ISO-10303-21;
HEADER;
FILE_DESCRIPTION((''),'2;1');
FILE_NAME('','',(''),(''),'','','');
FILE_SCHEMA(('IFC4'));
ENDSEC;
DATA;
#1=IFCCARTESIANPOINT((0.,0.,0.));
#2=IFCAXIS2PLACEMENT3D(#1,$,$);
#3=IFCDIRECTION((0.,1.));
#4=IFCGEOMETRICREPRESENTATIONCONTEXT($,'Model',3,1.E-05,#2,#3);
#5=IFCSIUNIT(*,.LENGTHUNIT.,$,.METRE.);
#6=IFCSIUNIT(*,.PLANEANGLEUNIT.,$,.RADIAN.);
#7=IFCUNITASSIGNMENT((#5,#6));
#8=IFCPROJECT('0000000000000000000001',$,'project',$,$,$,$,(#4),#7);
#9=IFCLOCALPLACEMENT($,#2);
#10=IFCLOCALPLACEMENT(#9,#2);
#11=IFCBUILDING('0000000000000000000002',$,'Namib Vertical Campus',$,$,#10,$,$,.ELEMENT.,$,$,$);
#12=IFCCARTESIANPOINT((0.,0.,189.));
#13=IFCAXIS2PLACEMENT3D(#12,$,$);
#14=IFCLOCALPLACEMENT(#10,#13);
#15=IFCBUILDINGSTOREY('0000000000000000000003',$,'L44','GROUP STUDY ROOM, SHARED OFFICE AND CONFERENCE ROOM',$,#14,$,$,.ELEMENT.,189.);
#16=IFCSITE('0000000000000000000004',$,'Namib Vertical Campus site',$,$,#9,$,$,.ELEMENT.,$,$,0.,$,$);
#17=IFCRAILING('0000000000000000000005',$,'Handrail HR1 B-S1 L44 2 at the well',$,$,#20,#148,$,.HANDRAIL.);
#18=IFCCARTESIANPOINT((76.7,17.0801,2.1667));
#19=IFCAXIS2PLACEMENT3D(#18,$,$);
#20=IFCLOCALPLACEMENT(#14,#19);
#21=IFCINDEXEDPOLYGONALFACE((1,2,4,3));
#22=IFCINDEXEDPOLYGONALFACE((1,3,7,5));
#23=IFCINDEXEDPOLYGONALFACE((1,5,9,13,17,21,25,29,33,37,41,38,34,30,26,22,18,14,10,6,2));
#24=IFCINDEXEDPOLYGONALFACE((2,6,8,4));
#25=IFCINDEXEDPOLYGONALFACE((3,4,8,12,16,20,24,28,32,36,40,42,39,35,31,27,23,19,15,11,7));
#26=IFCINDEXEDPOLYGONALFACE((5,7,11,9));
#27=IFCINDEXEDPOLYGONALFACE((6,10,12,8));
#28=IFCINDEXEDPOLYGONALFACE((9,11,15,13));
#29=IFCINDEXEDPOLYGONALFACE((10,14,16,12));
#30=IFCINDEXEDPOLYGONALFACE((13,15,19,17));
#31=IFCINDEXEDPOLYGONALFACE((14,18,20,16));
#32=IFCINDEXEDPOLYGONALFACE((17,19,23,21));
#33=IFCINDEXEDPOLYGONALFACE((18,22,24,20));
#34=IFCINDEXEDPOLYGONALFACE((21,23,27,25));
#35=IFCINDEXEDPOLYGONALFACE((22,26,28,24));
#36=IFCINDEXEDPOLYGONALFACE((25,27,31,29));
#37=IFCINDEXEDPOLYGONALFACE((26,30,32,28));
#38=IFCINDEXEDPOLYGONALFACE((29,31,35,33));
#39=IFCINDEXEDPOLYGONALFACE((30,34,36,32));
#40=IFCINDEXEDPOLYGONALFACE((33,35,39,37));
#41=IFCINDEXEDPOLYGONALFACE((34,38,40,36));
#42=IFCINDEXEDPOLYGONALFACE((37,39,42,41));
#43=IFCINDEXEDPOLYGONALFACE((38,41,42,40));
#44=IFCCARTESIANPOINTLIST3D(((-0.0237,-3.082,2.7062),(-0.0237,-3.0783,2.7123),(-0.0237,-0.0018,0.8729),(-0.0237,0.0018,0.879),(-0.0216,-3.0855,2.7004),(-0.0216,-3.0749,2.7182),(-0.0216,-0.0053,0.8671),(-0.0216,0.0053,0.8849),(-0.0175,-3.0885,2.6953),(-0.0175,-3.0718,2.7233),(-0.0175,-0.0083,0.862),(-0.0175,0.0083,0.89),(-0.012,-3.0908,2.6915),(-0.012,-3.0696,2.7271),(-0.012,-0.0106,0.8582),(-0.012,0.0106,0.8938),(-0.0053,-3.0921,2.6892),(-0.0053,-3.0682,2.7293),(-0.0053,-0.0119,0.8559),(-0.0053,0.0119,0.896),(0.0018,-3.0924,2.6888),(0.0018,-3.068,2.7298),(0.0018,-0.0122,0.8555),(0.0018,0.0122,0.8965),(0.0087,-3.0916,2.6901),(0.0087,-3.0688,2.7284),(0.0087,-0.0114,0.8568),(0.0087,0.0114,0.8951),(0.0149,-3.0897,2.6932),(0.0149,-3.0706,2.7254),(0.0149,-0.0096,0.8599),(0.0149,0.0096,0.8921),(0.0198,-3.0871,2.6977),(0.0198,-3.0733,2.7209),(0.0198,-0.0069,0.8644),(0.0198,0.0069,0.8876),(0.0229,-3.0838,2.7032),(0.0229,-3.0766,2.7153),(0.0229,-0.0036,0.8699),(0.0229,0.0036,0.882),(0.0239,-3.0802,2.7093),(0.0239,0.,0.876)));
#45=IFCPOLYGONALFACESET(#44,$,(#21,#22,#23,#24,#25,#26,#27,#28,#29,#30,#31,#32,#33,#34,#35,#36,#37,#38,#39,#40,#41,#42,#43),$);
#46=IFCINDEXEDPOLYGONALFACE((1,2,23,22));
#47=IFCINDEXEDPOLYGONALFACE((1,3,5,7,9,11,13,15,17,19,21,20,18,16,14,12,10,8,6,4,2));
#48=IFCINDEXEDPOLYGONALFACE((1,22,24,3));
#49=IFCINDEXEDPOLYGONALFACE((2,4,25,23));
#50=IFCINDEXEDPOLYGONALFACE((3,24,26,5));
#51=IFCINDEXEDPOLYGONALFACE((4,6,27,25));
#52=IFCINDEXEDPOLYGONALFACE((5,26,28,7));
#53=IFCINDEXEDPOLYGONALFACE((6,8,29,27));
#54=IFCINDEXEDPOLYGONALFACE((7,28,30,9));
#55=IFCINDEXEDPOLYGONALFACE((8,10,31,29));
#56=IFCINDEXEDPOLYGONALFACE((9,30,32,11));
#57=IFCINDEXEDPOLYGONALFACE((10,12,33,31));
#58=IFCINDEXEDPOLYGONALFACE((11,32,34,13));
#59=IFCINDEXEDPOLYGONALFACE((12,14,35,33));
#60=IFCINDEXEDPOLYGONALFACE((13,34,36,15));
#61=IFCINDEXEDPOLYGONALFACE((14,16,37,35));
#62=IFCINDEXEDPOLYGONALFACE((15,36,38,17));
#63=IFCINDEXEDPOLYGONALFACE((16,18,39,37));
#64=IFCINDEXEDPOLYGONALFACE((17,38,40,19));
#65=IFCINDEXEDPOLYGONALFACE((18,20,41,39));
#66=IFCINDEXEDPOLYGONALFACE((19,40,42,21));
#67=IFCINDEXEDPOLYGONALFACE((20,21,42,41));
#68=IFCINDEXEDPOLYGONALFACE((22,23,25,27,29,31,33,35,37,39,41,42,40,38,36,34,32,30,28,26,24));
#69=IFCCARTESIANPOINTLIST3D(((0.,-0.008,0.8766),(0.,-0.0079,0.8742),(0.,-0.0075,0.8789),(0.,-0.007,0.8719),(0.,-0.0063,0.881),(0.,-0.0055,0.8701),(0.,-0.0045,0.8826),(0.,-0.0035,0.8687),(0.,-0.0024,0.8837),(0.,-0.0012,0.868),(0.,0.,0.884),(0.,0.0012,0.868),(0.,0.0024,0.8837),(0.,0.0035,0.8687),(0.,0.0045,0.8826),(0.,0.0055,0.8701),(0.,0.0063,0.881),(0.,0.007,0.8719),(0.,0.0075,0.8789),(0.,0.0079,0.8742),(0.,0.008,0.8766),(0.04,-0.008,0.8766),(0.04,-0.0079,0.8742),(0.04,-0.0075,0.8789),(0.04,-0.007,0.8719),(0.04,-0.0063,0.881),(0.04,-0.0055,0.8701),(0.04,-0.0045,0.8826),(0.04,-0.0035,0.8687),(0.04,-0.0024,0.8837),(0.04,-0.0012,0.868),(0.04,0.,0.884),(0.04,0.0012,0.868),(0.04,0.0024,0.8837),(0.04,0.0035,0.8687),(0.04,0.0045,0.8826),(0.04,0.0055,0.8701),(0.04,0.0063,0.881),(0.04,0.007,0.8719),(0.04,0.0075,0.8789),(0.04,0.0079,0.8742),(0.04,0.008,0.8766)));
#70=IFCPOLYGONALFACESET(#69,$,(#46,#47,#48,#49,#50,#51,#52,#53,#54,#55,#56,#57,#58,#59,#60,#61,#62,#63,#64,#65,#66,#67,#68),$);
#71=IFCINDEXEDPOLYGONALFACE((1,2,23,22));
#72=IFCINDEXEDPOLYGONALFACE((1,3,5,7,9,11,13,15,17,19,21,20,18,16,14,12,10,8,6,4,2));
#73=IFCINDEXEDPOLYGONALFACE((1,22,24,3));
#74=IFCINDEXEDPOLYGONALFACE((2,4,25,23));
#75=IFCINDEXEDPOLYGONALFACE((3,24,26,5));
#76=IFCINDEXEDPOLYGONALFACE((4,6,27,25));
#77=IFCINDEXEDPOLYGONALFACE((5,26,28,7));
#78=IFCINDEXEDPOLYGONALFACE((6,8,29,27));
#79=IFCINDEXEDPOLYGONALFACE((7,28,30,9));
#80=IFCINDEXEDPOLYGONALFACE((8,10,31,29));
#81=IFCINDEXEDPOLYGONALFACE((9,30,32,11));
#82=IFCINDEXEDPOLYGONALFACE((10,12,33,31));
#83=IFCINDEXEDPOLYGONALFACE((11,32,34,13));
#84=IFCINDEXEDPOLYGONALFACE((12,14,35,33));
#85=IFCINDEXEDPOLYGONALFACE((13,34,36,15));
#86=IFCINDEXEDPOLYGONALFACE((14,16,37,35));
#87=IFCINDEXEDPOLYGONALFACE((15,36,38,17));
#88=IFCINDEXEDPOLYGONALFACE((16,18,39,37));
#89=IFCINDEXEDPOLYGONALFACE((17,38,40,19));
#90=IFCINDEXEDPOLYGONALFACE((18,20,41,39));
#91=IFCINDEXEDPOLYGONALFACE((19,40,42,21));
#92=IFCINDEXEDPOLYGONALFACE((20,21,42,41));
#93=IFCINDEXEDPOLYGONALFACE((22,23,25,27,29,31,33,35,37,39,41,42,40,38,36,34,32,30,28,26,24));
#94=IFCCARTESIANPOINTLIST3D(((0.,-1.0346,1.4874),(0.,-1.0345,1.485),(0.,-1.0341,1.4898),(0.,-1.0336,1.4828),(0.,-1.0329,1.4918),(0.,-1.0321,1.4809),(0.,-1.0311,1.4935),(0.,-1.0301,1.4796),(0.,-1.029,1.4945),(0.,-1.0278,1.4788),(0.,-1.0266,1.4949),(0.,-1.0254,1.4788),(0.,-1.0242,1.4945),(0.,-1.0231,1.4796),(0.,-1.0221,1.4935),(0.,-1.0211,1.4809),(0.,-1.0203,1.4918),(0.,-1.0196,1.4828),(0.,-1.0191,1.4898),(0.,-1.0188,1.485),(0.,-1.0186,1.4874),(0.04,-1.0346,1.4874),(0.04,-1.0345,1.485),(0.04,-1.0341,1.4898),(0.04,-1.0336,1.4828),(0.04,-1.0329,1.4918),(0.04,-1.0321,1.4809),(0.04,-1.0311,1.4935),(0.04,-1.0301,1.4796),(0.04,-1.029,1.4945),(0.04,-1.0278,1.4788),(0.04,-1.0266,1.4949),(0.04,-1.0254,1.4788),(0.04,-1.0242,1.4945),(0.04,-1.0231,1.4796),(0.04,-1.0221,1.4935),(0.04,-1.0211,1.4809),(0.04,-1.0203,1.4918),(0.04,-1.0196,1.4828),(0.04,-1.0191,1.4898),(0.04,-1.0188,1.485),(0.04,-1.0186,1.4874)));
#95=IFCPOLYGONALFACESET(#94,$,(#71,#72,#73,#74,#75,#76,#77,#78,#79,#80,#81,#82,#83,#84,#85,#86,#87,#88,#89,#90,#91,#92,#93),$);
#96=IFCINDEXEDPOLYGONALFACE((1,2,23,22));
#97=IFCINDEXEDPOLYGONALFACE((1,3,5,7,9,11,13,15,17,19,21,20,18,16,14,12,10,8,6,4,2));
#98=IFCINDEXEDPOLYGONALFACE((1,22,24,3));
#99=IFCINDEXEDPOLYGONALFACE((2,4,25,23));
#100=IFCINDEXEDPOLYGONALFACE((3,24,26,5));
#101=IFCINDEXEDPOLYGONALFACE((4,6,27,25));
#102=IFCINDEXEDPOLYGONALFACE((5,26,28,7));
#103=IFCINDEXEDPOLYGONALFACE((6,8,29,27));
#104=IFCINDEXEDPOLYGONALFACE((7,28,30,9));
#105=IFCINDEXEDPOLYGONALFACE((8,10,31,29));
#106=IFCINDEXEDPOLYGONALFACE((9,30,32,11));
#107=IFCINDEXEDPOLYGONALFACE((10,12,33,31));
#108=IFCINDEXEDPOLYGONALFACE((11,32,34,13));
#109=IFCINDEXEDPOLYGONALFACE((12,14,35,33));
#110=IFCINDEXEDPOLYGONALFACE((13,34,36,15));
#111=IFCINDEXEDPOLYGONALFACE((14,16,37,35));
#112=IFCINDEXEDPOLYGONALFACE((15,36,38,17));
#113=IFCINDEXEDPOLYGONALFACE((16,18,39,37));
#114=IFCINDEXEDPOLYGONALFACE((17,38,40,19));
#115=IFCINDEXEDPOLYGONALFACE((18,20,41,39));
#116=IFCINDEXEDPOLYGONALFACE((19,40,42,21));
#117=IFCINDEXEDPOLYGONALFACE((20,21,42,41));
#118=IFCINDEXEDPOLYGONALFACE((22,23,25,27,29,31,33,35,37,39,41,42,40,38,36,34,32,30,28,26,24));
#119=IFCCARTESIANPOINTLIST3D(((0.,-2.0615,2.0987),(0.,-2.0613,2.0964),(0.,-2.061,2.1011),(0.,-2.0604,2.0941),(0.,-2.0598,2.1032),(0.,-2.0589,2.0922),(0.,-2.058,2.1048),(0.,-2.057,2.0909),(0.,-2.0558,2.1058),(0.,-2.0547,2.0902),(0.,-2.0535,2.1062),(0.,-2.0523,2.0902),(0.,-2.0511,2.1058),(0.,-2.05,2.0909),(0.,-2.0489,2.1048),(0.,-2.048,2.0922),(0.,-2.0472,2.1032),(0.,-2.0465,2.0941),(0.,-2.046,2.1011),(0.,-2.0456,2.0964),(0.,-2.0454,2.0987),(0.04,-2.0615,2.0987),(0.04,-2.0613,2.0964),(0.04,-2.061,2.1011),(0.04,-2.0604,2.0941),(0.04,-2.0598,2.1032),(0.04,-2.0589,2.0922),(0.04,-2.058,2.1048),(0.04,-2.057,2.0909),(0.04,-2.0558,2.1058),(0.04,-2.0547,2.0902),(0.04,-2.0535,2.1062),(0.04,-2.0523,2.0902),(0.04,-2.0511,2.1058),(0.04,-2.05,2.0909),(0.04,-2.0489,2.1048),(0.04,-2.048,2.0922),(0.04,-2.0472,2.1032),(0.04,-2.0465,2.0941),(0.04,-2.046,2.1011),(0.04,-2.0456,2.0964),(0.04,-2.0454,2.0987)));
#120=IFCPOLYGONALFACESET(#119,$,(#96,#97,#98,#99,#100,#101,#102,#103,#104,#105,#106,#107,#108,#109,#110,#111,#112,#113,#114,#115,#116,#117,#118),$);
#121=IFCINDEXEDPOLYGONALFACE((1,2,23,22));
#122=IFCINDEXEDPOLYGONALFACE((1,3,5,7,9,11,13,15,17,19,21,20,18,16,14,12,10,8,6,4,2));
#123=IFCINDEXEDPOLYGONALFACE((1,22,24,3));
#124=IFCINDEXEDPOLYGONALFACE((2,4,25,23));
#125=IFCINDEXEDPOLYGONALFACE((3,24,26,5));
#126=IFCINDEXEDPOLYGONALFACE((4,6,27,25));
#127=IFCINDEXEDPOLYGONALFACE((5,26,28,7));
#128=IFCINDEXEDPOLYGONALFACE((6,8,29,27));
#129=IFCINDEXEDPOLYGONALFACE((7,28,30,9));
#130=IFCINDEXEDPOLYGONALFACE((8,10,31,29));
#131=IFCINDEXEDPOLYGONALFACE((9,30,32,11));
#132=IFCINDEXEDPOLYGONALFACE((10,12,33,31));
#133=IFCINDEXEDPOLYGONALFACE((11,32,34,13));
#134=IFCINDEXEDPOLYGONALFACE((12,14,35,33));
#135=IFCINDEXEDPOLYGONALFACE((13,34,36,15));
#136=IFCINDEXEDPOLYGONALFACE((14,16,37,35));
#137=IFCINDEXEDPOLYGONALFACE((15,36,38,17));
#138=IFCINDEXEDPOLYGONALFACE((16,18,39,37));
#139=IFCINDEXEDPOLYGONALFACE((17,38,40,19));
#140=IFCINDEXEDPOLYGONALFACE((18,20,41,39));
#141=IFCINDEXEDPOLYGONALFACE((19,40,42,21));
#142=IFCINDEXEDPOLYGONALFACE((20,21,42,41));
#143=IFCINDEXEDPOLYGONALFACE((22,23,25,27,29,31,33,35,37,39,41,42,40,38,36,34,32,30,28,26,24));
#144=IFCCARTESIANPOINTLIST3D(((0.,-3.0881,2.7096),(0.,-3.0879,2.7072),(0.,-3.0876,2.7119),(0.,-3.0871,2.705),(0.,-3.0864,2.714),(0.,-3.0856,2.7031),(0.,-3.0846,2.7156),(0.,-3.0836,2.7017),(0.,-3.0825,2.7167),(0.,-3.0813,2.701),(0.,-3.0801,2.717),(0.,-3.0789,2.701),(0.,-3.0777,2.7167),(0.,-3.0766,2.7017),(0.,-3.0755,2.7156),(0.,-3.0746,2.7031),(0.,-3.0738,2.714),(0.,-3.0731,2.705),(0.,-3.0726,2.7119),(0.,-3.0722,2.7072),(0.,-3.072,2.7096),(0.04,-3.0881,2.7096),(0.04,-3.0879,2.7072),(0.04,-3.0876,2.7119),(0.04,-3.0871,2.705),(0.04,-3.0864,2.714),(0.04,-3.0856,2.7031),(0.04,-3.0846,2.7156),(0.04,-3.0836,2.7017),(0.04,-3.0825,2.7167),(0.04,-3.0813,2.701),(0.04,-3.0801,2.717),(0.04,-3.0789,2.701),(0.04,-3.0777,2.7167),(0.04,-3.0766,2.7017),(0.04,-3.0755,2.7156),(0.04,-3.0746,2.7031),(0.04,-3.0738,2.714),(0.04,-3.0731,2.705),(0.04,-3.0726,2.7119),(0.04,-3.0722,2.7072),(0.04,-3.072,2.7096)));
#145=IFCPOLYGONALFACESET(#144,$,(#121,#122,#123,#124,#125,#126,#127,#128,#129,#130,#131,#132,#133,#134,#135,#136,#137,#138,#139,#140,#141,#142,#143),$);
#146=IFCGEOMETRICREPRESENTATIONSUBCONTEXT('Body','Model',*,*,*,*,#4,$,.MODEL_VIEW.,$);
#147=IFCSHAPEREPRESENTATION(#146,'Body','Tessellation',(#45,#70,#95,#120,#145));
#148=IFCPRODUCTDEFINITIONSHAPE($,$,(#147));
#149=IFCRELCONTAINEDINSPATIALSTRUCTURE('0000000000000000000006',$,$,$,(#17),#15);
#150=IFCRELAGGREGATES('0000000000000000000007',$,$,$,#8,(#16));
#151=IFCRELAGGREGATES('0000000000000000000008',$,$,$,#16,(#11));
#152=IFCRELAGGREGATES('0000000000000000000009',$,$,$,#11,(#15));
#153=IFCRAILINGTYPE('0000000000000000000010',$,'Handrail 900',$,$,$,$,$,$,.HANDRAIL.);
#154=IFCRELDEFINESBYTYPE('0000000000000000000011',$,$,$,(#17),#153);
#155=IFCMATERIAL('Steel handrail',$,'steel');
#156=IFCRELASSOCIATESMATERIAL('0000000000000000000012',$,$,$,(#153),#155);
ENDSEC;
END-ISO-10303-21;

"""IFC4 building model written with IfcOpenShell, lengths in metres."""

from ifc_helpers import new_model, si_unit, direction, frame, origin, origin_2d, place, context, subcontext, project, spatial, circle, extrude, material, type_object, element, save


model = new_model("IFC4")

# Units and contexts
model_context = context("Model", 3, precision=1e-05, world=origin(), true_north=direction((0.0, 1.0)))
body_context = subcontext(model_context, "Body", "Model", "MODEL_VIEW")
ifc_project = project(units=[si_unit("LENGTHUNIT", "METRE"), si_unit("PLANEANGLEUNIT", "RADIAN")], contexts=[model_context])

# Site, building, storey
site_placement = place(None, origin())
site = spatial("IfcSite", under=ifc_project, at=site_placement, Name="Namib Vertical Campus site", CompositionType="ELEMENT", RefElevation=0.0)
building_placement = place(site_placement, origin())
building = spatial("IfcBuilding", under=site, at=building_placement, Name="Namib Vertical Campus", CompositionType="ELEMENT")
storey_placement = place(building_placement, frame((0.0, 0.0, 189.0)))
storey = spatial("IfcBuildingStorey", under=building, at=storey_placement, Name="L44", Description="GROUP STUDY ROOM, SHARED OFFICE AND CONFERENCE ROOM", CompositionType="ELEMENT", Elevation=189.0)

# Railing
ifc_material_1 = material(Name="Steel handrail", Category="steel")
railing_type_1 = type_object("IfcRailingType", Name="Handrail 900", PredefinedType="HANDRAIL", material=ifc_material_1)
railing_1_placement = place(storey_placement, frame((76.7, 17.0801, 2.1667)))
element("IfcRailing", 1, at=railing_1_placement, inside=storey, type_object=railing_type_1, Name="Handrail HR1 B-S1 L44 2 at the well", PredefinedType="HANDRAIL", context=body_context, shape_type="SweptSolid", body=[
    extrude(circle(Radius=0.0239, at=origin_2d()), frame((0.0, 0.0, 0.876), z_axis=(0.0, -0.859309, 0.511458), x_axis=(1.0, 0.0, 0.0)), (0.0, 0.0, 1.0), 3.5845),
    extrude(circle(Radius=0.0081, at=origin_2d()), frame((0.0, 0.0, 0.876), z_axis=(1.0, 0.0, 0.0), x_axis=(0.0, 0.0, 1.0)), (0.0, 0.0, 1.0), 0.04),
    extrude(circle(Radius=0.0081, at=origin_2d()), frame((0.0, -1.0266, 1.4868), z_axis=(1.0, 0.0, 0.0), x_axis=(0.0, 0.0, 1.0)), (0.0, 0.0, 1.0), 0.04),
    extrude(circle(Radius=0.0081, at=origin_2d()), frame((0.0, -2.0535, 2.0981), z_axis=(1.0, 0.0, 0.0), x_axis=(0.0, 0.0, 1.0)), (0.0, 0.0, 1.0), 0.04),
    extrude(circle(Radius=0.0081, at=origin_2d()), frame((0.0, -3.0801, 2.709), z_axis=(1.0, 0.0, 0.0), x_axis=(0.0, 0.0, 1.0)), (0.0, 0.0, 1.0), 0.04),
])

save(model, "model.ifc")
